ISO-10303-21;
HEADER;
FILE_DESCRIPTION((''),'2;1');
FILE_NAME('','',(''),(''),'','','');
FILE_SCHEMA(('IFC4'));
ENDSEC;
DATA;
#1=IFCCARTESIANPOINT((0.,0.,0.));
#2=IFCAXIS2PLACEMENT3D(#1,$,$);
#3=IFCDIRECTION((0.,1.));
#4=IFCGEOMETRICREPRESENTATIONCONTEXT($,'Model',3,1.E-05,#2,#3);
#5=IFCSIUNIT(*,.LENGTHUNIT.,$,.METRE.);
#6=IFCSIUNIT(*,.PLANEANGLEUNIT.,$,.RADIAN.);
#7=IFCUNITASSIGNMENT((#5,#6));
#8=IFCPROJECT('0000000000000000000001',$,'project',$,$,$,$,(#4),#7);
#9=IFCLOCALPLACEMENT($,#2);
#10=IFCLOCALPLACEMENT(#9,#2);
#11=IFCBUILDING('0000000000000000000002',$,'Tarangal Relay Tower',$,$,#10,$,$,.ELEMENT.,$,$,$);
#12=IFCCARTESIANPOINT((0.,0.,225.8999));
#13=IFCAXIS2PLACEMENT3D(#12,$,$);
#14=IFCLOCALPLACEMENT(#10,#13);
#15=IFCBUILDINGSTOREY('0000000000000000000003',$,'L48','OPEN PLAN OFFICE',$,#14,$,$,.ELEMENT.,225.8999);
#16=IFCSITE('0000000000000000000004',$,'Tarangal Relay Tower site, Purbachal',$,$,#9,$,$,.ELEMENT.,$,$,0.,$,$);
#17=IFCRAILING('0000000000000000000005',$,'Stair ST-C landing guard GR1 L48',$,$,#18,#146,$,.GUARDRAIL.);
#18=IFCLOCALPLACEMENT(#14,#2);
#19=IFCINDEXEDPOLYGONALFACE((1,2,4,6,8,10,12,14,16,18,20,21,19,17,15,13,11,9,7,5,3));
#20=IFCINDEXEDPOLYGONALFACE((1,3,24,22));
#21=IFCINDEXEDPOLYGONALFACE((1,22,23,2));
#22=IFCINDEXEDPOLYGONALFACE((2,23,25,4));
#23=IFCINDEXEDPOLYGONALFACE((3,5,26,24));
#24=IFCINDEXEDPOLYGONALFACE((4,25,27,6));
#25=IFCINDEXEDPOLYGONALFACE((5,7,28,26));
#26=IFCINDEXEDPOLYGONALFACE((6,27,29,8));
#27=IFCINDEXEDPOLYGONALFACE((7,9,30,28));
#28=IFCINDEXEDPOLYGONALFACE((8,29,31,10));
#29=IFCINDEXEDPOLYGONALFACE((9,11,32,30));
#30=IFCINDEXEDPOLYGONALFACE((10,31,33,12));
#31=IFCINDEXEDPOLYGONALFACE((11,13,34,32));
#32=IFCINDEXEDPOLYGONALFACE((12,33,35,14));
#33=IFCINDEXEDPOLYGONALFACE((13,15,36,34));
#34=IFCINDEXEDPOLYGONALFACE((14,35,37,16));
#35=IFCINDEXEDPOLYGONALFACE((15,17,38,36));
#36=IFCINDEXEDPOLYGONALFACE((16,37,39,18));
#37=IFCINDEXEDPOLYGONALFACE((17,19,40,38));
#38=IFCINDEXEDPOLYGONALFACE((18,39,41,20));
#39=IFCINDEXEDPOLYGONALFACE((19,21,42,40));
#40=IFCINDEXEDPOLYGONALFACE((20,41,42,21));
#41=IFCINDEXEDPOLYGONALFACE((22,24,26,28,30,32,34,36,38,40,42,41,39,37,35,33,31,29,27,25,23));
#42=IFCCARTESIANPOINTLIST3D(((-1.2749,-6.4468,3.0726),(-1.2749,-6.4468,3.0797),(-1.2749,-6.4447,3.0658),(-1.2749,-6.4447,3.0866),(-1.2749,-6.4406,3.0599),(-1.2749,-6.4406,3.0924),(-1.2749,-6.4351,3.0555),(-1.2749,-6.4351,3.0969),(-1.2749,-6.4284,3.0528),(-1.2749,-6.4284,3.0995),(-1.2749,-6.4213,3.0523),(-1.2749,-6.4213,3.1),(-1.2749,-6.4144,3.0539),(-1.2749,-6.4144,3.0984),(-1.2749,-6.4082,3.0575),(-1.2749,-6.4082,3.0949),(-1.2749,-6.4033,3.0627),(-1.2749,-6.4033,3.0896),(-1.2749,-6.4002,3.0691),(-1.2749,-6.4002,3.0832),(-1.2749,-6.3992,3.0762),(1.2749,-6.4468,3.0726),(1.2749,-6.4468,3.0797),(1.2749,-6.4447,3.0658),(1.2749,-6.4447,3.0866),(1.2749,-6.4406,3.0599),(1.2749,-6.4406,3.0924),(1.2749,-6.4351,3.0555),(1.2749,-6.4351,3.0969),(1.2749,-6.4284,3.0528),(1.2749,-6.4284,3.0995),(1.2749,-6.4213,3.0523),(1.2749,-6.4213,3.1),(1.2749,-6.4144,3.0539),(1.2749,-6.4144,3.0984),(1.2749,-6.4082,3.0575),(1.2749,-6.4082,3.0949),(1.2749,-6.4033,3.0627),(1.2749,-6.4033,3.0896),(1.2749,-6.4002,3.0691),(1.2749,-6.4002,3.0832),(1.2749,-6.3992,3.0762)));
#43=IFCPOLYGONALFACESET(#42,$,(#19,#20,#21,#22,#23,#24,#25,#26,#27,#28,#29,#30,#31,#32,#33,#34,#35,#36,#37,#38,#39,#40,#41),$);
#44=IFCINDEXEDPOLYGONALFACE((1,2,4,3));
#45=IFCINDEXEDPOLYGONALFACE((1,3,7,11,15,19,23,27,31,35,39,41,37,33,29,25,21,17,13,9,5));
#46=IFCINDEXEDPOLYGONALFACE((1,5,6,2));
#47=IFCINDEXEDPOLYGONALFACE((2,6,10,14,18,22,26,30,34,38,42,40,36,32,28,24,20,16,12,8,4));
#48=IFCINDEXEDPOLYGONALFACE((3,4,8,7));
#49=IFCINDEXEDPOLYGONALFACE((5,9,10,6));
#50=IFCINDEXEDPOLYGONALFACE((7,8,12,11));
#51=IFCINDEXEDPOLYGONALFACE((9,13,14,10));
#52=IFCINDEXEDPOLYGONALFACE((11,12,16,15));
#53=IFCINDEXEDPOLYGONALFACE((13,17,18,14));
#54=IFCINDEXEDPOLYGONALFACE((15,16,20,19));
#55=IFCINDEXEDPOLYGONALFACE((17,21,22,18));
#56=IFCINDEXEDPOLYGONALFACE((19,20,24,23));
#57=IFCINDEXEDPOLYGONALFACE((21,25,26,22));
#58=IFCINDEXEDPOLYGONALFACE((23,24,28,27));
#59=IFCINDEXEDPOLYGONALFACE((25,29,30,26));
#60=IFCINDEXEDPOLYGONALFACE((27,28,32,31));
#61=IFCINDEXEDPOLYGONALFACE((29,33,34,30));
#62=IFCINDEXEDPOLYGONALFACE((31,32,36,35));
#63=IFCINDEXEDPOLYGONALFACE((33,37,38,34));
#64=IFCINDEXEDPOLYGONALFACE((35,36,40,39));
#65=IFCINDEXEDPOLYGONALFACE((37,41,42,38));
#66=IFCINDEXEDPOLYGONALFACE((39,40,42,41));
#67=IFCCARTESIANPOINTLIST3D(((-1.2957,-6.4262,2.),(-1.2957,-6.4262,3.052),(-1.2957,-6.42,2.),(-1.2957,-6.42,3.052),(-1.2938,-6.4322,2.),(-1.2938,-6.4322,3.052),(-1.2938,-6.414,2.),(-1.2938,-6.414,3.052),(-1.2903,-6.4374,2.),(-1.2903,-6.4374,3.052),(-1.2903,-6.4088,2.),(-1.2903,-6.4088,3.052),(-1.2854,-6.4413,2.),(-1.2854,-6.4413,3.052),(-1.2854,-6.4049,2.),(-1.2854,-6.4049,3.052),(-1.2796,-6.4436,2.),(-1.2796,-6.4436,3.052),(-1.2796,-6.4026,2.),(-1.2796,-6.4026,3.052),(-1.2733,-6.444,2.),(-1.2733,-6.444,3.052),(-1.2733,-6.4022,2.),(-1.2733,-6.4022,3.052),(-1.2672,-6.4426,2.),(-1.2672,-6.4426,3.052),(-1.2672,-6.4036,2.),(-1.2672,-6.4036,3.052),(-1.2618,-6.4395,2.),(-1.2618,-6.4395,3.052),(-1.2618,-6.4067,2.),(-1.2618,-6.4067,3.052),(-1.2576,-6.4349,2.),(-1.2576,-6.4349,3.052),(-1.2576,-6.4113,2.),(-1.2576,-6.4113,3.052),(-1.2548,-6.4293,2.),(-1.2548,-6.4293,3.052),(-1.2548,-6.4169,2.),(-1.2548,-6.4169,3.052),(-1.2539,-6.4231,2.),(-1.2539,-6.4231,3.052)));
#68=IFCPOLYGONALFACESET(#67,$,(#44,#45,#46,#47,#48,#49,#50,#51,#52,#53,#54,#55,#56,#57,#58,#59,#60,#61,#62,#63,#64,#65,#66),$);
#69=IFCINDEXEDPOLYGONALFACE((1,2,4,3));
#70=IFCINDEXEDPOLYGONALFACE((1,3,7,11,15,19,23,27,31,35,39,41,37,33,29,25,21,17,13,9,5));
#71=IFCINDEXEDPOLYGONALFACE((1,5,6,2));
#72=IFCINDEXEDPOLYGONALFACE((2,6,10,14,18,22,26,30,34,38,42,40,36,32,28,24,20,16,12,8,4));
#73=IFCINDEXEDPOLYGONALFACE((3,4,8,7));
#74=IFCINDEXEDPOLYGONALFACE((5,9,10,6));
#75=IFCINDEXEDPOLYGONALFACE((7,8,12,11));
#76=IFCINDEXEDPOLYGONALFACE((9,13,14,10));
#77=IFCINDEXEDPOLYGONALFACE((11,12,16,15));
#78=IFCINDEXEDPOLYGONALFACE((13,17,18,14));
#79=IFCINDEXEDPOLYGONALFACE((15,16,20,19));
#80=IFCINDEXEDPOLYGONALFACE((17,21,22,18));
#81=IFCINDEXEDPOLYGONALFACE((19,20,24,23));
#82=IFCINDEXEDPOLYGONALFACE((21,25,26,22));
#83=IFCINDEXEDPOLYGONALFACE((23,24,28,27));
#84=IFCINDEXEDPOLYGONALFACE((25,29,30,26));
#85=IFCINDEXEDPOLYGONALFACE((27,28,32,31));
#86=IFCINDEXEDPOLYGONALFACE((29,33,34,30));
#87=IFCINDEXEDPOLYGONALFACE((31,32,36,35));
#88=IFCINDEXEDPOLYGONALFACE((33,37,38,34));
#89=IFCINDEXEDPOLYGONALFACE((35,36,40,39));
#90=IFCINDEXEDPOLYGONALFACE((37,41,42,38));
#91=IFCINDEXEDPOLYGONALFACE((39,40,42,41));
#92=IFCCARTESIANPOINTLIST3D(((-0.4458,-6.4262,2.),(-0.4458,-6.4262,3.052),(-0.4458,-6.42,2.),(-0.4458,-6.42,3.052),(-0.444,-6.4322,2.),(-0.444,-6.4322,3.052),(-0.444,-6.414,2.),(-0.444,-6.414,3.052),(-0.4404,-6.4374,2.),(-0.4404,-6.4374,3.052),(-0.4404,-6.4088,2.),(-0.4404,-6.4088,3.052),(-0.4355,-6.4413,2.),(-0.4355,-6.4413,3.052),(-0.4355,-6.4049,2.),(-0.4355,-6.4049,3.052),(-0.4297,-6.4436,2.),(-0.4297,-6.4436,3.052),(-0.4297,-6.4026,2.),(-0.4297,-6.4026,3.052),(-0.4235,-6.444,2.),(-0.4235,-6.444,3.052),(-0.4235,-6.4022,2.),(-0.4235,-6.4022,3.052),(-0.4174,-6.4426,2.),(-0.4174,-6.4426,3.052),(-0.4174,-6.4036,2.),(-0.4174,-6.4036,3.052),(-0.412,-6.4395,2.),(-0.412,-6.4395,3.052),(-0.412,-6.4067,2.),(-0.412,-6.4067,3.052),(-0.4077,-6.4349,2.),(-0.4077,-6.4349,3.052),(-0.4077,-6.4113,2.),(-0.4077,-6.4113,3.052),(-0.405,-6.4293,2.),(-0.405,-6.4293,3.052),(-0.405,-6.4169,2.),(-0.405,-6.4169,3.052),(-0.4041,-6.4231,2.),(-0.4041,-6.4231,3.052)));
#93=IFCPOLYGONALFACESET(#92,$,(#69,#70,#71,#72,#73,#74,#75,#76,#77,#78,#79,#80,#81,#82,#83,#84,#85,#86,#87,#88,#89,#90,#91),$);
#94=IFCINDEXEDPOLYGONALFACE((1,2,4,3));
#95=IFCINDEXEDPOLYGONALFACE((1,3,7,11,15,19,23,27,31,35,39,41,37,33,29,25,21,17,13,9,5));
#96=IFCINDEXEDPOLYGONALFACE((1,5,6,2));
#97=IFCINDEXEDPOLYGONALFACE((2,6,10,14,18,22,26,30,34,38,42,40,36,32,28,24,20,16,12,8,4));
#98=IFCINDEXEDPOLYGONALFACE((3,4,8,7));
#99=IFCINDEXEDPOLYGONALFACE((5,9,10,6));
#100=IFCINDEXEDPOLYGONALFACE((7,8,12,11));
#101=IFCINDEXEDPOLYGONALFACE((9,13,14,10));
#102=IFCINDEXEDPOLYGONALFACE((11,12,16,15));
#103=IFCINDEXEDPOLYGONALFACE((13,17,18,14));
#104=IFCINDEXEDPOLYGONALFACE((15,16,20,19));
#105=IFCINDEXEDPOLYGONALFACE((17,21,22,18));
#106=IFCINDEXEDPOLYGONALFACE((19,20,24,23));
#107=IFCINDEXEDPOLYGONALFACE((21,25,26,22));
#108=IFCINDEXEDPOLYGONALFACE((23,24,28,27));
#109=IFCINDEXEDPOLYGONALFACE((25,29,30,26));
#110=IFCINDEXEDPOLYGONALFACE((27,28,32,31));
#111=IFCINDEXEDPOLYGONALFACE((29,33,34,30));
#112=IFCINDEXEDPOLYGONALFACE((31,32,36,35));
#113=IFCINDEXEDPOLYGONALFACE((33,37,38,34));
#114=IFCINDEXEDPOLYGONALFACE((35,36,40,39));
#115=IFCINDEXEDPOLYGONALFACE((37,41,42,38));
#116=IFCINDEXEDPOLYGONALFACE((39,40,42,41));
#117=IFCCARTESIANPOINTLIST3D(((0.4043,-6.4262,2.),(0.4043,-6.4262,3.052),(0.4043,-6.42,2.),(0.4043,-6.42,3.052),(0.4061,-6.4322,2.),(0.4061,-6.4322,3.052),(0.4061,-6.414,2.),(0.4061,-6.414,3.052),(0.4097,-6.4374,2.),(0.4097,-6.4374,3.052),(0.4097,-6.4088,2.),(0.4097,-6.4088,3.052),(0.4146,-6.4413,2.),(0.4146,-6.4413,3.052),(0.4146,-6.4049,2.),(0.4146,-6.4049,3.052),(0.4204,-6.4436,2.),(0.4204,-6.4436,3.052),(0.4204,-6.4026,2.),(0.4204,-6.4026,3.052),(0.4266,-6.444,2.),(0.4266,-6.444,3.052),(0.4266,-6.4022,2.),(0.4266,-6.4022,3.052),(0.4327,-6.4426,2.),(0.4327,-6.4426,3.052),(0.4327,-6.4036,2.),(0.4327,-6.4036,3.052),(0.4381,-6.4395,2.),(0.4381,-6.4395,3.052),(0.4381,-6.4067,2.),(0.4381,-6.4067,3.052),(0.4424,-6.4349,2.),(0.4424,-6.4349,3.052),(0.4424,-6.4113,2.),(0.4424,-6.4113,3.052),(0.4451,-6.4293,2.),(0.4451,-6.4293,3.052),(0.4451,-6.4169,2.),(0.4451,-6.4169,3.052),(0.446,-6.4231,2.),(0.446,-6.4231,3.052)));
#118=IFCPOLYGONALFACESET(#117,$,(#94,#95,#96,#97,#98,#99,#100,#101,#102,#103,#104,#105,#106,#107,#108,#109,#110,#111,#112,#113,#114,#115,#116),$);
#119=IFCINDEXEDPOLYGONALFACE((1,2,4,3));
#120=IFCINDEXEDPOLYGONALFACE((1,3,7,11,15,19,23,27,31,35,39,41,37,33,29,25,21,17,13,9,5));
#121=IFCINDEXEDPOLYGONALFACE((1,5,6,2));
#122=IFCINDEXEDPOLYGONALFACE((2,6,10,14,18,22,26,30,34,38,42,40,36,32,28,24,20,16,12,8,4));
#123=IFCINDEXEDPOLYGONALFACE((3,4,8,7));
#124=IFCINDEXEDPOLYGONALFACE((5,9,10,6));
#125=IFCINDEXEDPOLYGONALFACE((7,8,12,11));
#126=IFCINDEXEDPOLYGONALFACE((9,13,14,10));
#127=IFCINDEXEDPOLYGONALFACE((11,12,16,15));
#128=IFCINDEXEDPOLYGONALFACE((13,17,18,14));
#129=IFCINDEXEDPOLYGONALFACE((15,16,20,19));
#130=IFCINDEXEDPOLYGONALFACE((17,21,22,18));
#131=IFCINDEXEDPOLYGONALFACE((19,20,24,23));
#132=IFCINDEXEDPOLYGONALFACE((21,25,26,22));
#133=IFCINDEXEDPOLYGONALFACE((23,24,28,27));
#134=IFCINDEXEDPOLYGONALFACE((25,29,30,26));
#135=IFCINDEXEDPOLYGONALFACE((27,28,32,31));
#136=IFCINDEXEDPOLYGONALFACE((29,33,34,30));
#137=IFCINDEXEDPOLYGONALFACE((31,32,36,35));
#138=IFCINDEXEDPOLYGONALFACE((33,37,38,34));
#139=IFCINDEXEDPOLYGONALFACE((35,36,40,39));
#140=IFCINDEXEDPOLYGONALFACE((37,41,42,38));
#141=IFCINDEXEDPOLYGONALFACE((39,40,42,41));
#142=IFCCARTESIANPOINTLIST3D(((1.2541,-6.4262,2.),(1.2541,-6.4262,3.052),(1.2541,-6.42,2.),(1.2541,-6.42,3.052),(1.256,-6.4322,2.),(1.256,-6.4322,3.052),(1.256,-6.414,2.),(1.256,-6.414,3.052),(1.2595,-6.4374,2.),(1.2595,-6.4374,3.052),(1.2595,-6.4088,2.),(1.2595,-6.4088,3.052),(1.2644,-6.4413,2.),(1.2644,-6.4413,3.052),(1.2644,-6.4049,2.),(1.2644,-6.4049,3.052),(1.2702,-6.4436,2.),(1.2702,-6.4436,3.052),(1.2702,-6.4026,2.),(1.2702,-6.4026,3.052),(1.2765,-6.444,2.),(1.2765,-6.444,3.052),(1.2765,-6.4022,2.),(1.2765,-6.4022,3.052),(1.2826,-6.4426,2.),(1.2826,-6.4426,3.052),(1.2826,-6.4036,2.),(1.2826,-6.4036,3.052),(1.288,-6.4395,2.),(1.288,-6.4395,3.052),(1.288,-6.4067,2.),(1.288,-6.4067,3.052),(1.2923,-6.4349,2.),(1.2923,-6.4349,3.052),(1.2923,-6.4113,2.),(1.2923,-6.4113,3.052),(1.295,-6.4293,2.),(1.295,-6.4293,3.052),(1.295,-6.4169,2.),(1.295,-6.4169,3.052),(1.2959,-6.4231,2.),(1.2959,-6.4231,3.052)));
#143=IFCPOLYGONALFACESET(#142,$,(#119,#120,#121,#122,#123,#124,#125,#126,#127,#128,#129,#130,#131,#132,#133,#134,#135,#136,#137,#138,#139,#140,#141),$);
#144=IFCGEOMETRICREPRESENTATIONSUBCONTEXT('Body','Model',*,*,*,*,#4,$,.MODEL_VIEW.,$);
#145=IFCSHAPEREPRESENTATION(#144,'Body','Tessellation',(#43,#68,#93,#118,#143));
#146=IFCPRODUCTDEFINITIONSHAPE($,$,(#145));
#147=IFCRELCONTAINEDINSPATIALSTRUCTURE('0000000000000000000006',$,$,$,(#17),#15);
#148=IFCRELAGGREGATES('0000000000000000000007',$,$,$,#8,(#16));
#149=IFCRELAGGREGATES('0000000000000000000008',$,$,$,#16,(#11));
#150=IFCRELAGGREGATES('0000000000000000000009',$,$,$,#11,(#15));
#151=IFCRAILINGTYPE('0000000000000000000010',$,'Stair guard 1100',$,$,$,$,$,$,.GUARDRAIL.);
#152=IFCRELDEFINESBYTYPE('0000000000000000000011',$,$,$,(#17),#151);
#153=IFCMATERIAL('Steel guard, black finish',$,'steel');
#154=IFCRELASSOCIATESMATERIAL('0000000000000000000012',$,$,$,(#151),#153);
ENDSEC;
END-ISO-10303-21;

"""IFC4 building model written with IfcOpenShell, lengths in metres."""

from ifc_helpers import new_model, si_unit, direction, frame, origin, origin_2d, place, context, subcontext, project, spatial, circle, extrude, material, type_object, element, save


model = new_model("IFC4")

# Units and contexts
model_context = context("Model", 3, precision=1e-05, world=origin(), true_north=direction((0.0, 1.0)))
body_context = subcontext(model_context, "Body", "Model", "MODEL_VIEW")
ifc_project = project(units=[si_unit("LENGTHUNIT", "METRE"), si_unit("PLANEANGLEUNIT", "RADIAN")], contexts=[model_context])

# Site, building, storey
site_placement = place(None, origin())
site = spatial("IfcSite", under=ifc_project, at=site_placement, Name="Tarangal Relay Tower site, Purbachal", CompositionType="ELEMENT", RefElevation=0.0)
building_placement = place(site_placement, origin())
building = spatial("IfcBuilding", under=site, at=building_placement, Name="Tarangal Relay Tower", CompositionType="ELEMENT")
storey_placement = place(building_placement, frame((0.0, 0.0, 225.8999)))
storey = spatial("IfcBuildingStorey", under=building, at=storey_placement, Name="L48", Description="OPEN PLAN OFFICE", CompositionType="ELEMENT", Elevation=225.8999)

# Railing
ifc_material_1 = material(Name="Steel guard, black finish", Category="steel")
railing_type_1 = type_object("IfcRailingType", Name="Stair guard 1100", PredefinedType="GUARDRAIL", material=ifc_material_1)
for number, where, name in (
    (1, (-1.2749, -6.4231, 2.0), "Stair ST-C landing guard GR1 L48"),
):
    element("IfcRailing", number, at=place(storey_placement, frame(where)), inside=storey, type_object=railing_type_1, Name=name, PredefinedType="GUARDRAIL", context=body_context, shape_type="SweptSolid", body=[
        extrude(circle(Radius=0.0239, at=origin_2d()), frame((0.0, 0.0, 1.0762), z_axis=(1.0, 0.0, 0.0), x_axis=(0.0, 1.0, 0.0)), (0.0, 0.0, 1.0), 2.5498),
        extrude(circle(Radius=0.021, at=origin_2d()), origin(), (0.0, 0.0, 1.0), 1.052),
        extrude(circle(Radius=0.021, at=origin_2d()), frame((0.8499, 0.0, 0.0)), (0.0, 0.0, 1.0), 1.052),
        extrude(circle(Radius=0.021, at=origin_2d()), frame((1.7, 0.0, 0.0)), (0.0, 0.0, 1.0), 1.052),
        extrude(circle(Radius=0.021, at=origin_2d()), frame((2.5498, 0.0, 0.0)), (0.0, 0.0, 1.0), 1.052),
    ])

save(model, "model.ifc")
